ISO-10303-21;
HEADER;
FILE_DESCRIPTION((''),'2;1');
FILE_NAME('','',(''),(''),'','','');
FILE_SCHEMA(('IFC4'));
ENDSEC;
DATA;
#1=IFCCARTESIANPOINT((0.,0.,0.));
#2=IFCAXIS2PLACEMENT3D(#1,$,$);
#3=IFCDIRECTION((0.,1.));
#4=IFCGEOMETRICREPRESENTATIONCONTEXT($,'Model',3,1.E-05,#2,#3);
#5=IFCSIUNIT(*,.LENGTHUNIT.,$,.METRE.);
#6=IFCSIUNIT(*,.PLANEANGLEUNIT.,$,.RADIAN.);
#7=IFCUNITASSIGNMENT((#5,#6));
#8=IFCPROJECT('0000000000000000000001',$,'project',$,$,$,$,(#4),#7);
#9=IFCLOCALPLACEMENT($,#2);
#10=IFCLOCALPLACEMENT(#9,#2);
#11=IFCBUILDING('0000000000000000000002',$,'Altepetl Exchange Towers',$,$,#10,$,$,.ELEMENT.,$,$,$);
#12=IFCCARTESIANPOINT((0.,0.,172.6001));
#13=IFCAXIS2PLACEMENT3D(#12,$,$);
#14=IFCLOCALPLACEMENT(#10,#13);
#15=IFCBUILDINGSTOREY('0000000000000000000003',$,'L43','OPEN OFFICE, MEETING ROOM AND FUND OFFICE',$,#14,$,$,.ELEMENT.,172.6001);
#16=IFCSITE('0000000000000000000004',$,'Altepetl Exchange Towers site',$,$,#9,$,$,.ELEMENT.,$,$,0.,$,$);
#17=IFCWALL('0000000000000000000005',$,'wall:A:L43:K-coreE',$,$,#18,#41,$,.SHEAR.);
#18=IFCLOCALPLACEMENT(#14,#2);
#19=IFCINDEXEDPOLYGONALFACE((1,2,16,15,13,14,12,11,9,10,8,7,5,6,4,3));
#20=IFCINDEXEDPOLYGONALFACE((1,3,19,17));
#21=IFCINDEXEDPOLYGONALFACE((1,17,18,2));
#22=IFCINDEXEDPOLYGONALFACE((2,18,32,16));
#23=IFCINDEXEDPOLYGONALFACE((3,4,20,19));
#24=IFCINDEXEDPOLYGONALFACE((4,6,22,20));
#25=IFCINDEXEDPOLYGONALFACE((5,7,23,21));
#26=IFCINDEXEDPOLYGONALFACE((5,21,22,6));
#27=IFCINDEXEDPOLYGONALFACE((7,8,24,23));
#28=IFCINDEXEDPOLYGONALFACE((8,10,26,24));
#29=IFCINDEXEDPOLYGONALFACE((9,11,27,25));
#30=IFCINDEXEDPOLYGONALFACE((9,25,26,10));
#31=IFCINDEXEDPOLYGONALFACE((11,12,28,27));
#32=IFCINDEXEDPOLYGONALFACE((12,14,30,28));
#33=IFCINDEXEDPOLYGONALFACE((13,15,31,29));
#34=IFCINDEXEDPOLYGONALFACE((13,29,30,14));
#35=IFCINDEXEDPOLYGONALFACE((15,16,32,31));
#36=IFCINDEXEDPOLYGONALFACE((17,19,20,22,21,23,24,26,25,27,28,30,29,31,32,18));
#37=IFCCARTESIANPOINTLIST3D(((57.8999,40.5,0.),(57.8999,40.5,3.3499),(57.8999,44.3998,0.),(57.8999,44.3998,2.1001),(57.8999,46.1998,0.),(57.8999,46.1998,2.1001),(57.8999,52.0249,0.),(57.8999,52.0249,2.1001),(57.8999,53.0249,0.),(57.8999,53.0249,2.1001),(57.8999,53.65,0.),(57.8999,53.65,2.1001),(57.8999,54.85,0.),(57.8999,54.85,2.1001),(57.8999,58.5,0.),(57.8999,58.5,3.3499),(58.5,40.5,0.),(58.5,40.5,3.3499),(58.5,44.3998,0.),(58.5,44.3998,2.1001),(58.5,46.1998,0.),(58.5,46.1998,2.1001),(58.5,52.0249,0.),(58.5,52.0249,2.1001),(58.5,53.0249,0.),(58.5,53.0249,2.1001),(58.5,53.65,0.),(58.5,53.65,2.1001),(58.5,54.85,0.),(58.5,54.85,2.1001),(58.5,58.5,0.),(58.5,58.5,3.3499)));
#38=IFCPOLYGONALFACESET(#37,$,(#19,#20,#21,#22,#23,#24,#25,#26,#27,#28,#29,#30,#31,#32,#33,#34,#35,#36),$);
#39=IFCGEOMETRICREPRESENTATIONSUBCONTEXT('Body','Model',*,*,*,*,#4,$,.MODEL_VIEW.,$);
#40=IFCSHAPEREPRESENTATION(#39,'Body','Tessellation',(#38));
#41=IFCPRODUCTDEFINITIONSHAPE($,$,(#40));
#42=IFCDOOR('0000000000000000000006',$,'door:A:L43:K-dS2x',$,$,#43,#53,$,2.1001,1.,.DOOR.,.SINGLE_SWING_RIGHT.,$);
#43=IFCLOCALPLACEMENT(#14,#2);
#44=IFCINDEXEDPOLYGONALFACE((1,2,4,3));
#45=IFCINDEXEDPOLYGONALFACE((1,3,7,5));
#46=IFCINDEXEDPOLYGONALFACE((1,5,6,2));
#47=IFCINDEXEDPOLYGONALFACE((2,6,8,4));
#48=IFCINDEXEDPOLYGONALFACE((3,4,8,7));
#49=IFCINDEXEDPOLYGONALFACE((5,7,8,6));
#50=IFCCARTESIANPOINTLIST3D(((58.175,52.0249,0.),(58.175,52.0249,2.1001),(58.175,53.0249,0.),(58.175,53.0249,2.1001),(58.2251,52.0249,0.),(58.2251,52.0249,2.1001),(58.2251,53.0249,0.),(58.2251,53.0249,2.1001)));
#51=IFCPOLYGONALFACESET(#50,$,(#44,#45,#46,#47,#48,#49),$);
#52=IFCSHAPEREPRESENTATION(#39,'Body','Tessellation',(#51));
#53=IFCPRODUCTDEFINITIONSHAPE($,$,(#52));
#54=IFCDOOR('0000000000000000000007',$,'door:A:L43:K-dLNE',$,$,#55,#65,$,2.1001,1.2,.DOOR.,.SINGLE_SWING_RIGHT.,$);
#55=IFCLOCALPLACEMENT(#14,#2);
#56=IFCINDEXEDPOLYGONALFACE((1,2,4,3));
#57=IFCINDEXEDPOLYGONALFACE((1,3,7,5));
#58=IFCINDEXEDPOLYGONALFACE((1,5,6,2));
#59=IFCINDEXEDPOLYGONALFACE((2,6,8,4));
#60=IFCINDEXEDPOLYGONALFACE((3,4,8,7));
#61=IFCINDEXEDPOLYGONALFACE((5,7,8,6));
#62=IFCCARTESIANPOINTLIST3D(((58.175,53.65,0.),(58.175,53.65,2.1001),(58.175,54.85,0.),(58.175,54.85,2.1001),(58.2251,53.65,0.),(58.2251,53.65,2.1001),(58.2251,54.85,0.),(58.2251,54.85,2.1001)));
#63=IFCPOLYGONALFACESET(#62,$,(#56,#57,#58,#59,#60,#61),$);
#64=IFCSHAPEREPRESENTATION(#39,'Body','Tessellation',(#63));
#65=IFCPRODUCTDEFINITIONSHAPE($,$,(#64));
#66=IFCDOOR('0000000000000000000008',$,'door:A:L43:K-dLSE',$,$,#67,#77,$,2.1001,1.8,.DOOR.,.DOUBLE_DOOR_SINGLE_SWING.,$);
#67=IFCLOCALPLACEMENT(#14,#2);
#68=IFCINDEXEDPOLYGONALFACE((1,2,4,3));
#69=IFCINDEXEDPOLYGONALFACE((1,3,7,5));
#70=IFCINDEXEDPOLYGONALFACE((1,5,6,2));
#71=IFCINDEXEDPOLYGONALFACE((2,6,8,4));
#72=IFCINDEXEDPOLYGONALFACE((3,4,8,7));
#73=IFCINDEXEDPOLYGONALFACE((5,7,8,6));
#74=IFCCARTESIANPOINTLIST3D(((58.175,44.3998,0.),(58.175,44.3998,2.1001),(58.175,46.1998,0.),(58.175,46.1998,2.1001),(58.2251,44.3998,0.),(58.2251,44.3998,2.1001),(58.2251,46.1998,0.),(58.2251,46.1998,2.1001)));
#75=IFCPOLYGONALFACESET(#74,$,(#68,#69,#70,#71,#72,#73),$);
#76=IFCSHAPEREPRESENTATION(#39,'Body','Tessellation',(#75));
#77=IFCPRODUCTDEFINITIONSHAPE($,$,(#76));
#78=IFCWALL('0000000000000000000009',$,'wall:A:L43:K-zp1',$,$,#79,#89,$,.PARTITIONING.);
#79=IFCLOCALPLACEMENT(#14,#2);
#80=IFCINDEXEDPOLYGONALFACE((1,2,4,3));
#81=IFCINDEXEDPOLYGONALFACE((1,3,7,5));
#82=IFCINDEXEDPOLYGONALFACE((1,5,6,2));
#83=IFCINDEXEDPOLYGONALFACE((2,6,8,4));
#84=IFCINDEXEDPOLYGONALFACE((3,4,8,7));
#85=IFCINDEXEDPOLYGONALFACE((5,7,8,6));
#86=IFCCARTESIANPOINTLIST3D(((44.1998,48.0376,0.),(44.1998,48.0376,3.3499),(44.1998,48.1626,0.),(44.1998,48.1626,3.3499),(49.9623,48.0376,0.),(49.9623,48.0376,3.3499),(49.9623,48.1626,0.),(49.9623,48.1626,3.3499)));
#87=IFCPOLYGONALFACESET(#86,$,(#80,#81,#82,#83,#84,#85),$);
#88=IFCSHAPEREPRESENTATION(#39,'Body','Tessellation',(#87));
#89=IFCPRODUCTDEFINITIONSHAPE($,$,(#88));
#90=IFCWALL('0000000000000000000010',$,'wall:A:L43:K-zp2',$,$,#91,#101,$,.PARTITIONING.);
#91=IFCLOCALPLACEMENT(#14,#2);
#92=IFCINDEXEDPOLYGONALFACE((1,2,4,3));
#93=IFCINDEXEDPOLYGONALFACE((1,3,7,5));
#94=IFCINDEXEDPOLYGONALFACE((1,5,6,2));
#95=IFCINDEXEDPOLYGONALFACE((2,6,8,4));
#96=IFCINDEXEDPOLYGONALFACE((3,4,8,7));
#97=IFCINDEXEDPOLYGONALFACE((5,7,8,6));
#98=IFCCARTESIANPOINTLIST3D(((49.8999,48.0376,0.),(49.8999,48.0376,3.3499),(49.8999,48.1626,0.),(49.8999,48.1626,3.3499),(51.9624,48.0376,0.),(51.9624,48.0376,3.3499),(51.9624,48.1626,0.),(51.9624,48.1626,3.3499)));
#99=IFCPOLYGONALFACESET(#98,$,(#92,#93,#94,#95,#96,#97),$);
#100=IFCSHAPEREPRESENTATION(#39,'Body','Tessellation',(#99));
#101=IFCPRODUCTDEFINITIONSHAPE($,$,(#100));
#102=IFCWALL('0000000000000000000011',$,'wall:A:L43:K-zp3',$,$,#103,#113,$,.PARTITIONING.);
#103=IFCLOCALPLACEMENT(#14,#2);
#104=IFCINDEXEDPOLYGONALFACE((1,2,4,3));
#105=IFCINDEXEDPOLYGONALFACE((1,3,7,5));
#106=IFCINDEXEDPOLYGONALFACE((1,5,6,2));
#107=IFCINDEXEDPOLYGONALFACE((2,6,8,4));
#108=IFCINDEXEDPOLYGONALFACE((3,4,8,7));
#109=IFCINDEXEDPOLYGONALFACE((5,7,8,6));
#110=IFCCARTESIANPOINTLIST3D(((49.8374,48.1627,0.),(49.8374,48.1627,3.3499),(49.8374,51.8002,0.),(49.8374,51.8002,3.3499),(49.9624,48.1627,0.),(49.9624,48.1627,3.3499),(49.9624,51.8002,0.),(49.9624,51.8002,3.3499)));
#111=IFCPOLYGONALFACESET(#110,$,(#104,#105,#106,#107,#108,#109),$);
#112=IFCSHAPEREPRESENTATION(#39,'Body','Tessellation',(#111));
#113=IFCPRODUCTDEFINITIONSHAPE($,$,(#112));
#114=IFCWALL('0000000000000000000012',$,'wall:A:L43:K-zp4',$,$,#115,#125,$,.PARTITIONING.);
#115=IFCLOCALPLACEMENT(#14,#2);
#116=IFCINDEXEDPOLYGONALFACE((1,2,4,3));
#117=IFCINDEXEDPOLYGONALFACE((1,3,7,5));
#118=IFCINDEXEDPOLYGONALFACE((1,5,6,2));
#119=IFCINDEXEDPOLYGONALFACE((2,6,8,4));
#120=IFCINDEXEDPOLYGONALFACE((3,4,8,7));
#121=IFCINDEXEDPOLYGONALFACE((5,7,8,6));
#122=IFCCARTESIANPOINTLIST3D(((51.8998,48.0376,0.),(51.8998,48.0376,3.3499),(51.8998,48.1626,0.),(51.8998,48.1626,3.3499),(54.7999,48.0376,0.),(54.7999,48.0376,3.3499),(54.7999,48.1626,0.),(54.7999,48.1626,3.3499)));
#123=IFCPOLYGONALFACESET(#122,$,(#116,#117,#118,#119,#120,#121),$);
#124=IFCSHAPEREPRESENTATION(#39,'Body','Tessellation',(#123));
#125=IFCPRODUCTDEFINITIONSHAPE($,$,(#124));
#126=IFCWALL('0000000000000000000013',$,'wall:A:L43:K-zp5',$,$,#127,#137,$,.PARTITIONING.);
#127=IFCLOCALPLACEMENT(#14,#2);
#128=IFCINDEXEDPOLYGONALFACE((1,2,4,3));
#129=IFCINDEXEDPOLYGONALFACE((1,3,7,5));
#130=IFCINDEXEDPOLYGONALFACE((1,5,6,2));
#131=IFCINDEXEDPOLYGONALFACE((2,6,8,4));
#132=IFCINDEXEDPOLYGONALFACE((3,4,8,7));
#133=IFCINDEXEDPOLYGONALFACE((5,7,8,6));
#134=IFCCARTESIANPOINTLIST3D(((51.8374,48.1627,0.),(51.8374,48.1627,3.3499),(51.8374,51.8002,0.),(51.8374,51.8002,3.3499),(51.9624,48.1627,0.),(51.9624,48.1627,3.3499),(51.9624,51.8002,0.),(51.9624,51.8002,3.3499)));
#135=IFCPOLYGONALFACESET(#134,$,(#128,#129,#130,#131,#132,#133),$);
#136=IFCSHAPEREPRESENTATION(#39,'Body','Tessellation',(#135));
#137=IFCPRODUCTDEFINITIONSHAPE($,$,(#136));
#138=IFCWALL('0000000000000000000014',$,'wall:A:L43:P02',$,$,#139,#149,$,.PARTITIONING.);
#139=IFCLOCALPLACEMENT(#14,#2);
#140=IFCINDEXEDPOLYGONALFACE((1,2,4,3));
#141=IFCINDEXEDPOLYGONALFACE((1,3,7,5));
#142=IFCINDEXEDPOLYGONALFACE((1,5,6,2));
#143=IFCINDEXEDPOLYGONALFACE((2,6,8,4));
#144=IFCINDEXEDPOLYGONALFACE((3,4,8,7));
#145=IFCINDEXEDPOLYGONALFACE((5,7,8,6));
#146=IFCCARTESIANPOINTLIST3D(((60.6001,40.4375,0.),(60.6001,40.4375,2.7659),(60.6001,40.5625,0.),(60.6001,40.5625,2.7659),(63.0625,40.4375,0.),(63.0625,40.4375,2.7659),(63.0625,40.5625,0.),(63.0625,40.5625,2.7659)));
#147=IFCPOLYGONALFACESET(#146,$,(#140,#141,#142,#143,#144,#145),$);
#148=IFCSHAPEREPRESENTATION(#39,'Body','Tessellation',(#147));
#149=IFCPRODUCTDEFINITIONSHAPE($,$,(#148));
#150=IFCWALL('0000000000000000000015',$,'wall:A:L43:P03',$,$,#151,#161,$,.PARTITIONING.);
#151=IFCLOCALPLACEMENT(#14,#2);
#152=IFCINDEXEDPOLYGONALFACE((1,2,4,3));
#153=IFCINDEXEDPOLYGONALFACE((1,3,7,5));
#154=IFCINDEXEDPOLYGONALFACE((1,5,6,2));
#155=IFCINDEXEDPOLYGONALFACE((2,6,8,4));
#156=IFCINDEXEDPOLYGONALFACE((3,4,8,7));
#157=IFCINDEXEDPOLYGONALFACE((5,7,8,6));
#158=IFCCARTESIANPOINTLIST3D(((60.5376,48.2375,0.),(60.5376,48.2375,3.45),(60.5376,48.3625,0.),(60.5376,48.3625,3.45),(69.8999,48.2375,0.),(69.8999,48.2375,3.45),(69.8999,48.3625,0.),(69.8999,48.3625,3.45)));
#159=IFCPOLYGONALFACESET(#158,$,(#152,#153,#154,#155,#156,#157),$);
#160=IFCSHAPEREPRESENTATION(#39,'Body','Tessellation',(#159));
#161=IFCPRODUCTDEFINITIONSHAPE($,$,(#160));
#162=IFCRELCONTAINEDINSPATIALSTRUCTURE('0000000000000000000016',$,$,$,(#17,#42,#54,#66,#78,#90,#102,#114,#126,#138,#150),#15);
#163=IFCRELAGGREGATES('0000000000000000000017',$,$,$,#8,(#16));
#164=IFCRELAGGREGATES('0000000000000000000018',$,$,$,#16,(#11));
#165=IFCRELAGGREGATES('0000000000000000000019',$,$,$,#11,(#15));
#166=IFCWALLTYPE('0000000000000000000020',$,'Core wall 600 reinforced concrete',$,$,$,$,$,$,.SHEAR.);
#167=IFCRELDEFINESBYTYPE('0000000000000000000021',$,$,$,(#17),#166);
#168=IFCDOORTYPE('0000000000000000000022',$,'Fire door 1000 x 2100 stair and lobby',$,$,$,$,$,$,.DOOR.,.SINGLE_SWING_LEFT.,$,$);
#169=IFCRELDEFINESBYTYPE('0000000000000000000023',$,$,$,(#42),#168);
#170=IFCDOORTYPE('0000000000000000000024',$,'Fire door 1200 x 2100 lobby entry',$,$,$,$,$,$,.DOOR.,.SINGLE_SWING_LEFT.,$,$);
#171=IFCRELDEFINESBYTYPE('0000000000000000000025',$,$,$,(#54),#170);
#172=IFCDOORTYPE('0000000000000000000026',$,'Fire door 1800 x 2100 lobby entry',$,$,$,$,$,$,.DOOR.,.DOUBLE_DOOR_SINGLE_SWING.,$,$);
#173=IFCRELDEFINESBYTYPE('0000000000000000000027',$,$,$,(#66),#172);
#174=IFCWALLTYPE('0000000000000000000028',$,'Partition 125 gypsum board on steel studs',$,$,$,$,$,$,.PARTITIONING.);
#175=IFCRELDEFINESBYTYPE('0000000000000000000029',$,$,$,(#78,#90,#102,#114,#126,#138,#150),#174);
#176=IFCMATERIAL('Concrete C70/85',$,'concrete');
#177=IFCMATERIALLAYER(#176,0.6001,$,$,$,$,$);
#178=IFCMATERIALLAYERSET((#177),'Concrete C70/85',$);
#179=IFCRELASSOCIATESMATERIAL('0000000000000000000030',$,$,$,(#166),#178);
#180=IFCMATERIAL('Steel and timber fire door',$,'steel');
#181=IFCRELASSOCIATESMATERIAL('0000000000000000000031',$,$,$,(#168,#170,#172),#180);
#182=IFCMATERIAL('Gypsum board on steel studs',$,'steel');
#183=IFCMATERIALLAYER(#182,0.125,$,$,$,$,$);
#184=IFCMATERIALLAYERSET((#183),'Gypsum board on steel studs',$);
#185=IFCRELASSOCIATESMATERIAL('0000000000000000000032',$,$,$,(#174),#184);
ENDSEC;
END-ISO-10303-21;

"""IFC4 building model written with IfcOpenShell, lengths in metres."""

from ifc_helpers import new_model, si_unit, direction, frame, frame_2d, origin, place, context, subcontext, project, spatial, rectangle, extrude, material, layer, layer_set, type_object, element, fill, save


model = new_model("IFC4")

# Units and contexts
model_context = context("Model", 3, precision=1e-05, world=origin(), true_north=direction((0.0, 1.0)))
body_context = subcontext(model_context, "Body", "Model", "MODEL_VIEW")
ifc_project = project(units=[si_unit("LENGTHUNIT", "METRE"), si_unit("PLANEANGLEUNIT", "RADIAN")], contexts=[model_context])

# Site, building, storey
site_placement = place(None, origin())
site = spatial("IfcSite", under=ifc_project, at=site_placement, Name="Altepetl Exchange Towers site", CompositionType="ELEMENT", RefElevation=0.0)
building_placement = place(site_placement, origin())
building = spatial("IfcBuilding", under=site, at=building_placement, Name="Altepetl Exchange Towers", CompositionType="ELEMENT")
storey_placement = place(building_placement, frame((0.0, 0.0, 172.6001)))
storey = spatial("IfcBuildingStorey", under=building, at=storey_placement, Name="L43", Description="OPEN OFFICE, MEETING ROOM AND FUND OFFICE", CompositionType="ELEMENT", Elevation=172.6001)

# Wall, openings, doors
ifc_material_1 = material(Name="Concrete C70/85", Category="concrete")
ifc_layer_1 = layer(ifc_material_1, 0.6001)
ifc_layer_set_1 = layer_set([ifc_layer_1], Name="Concrete C70/85")
wall_type_1 = type_object("IfcWallType", Name="Core wall 600 reinforced concrete", PredefinedType="SHEAR", material=ifc_layer_set_1)
wall_1_placement = place(storey_placement, frame((58.2, 40.5, 0.0), z_axis=(0.0, 0.0, 1.0), x_axis=(0.0, 1.0, 0.0)))
wall_1 = element("IfcWall", 1, at=wall_1_placement, inside=storey, type_object=wall_type_1, Name="wall:A:L43:K-coreE", PredefinedType="SHEAR", context=body_context, shape_type="SweptSolid", body=[
    extrude(rectangle(XDim=18.0, YDim=0.6001, at=frame_2d((9.0, 0.0))), origin(), (0.0, 0.0, 1.0), 3.3499),
])
opening_1_placement = place(wall_1_placement, frame((13.1499, 0.0, 0.0)))
opening_1 = element("IfcOpeningElement", 2, at=opening_1_placement, cuts=wall_1, PredefinedType="OPENING", context=body_context, shape_type="SweptSolid", body=[
    extrude(rectangle(XDim=1.2, YDim=2.1001, at=frame_2d((0.6001, 1.05))), frame((0.0, 0.3101, 0.0), z_axis=(0.0, -1.0, 0.0), x_axis=(1.0, 0.0, 0.0)), (0.0, 0.0, 1.0), 0.6201),
])
opening_2_placement = place(wall_1_placement, frame((3.8999, 0.0, 0.0)))
opening_2 = element("IfcOpeningElement", 3, at=opening_2_placement, cuts=wall_1, PredefinedType="OPENING", context=body_context, shape_type="SweptSolid", body=[
    extrude(rectangle(XDim=1.8, YDim=2.1001, at=frame_2d((0.8999, 1.05))), frame((0.0, 0.3101, 0.0), z_axis=(0.0, -1.0, 0.0), x_axis=(1.0, 0.0, 0.0)), (0.0, 0.0, 1.0), 0.6201),
])
opening_3_placement = place(wall_1_placement, frame((11.5249, 0.0, 0.0)))
opening_3 = element("IfcOpeningElement", 4, at=opening_3_placement, cuts=wall_1, PredefinedType="OPENING", context=body_context, shape_type="SweptSolid", body=[
    extrude(rectangle(XDim=1.0, YDim=2.1001, at=frame_2d((0.5, 1.05))), frame((0.0, 0.3101, 0.0), z_axis=(0.0, -1.0, 0.0), x_axis=(1.0, 0.0, 0.0)), (0.0, 0.0, 1.0), 0.6201),
])
ifc_material_2 = material(Name="Steel and timber fire door", Category="steel")
door_type_1 = type_object("IfcDoorType", Name="Fire door 1000 x 2100 stair and lobby", OperationType="SINGLE_SWING_LEFT", PredefinedType="DOOR", material=ifc_material_2)
door_1_placement = place(opening_3_placement, origin())
door_1 = element("IfcDoor", 5, at=door_1_placement, inside=storey, type_object=door_type_1, Name="door:A:L43:K-dS2x", OperationType="SINGLE_SWING_RIGHT", OverallHeight=2.1001, OverallWidth=1.0, PredefinedType="DOOR", context=body_context, shape_type="SweptSolid", body=[
    extrude(rectangle(XDim=1.0, YDim=2.1001, at=frame_2d((0.5, 1.05))), frame((0.0, 0.0249, 0.0), z_axis=(0.0, -1.0, 0.0), x_axis=(1.0, 0.0, 0.0)), (0.0, 0.0, 1.0), 0.05),
])
fill(opening_3, door_1)
door_type_2 = type_object("IfcDoorType", Name="Fire door 1200 x 2100 lobby entry", OperationType="SINGLE_SWING_LEFT", PredefinedType="DOOR", material=ifc_material_2)
door_2_placement = place(opening_1_placement, origin())
door_2 = element("IfcDoor", 6, at=door_2_placement, inside=storey, type_object=door_type_2, Name="door:A:L43:K-dLNE", OperationType="SINGLE_SWING_RIGHT", OverallHeight=2.1001, OverallWidth=1.2, PredefinedType="DOOR", context=body_context, shape_type="SweptSolid", body=[
    extrude(rectangle(XDim=1.2, YDim=2.1001, at=frame_2d((0.6001, 1.05))), frame((0.0, 0.0249, 0.0), z_axis=(0.0, -1.0, 0.0), x_axis=(1.0, 0.0, 0.0)), (0.0, 0.0, 1.0), 0.05),
])
fill(opening_1, door_2)
door_type_3 = type_object("IfcDoorType", Name="Fire door 1800 x 2100 lobby entry", OperationType="DOUBLE_DOOR_SINGLE_SWING", PredefinedType="DOOR", material=ifc_material_2)
door_3_placement = place(opening_2_placement, origin())
door_3 = element("IfcDoor", 7, at=door_3_placement, inside=storey, type_object=door_type_3, Name="door:A:L43:K-dLSE", OperationType="DOUBLE_DOOR_SINGLE_SWING", OverallHeight=2.1001, OverallWidth=1.8, PredefinedType="DOOR", context=body_context, shape_type="SweptSolid", body=[
    extrude(rectangle(XDim=1.8, YDim=2.1001, at=frame_2d((0.8999, 1.05))), frame((0.0, 0.0249, 0.0), z_axis=(0.0, -1.0, 0.0), x_axis=(1.0, 0.0, 0.0)), (0.0, 0.0, 1.0), 0.05),
])
fill(opening_2, door_3)

# Walls
ifc_material_3 = material(Name="Gypsum board on steel studs", Category="steel")
ifc_layer_2 = layer(ifc_material_3, 0.125)
ifc_layer_set_2 = layer_set([ifc_layer_2], Name="Gypsum board on steel studs")
wall_type_2 = type_object("IfcWallType", Name="Partition 125 gypsum board on steel studs", PredefinedType="PARTITIONING", material=ifc_layer_set_2)
wall_2_placement = place(storey_placement, frame((49.9624, 48.1001, 0.0), z_axis=(0.0, 0.0, 1.0), x_axis=(-1.0, 0.0, 0.0)))
element("IfcWall", 8, at=wall_2_placement, inside=storey, type_object=wall_type_2, Name="wall:A:L43:K-zp1", PredefinedType="PARTITIONING", context=body_context, shape_type="SweptSolid", body=[
    extrude(rectangle(XDim=5.7625, YDim=0.125, at=frame_2d((2.8813, 0.0))), origin(), (0.0, 0.0, 1.0), 3.3499),
])
wall_3_placement = place(storey_placement, frame((51.9624, 48.1001, 0.0), z_axis=(0.0, 0.0, 1.0), x_axis=(-1.0, 0.0, 0.0)))
element("IfcWall", 9, at=wall_3_placement, inside=storey, type_object=wall_type_2, Name="wall:A:L43:K-zp2", PredefinedType="PARTITIONING", context=body_context, shape_type="SweptSolid", body=[
    extrude(rectangle(XDim=2.0625, YDim=0.125, at=frame_2d((1.0312, 0.0))), origin(), (0.0, 0.0, 1.0), 3.3499),
])
wall_4_placement = place(storey_placement, frame((49.8999, 48.1626, 0.0), z_axis=(0.0, 0.0, 1.0), x_axis=(0.0, 1.0, 0.0)))
element("IfcWall", 10, at=wall_4_placement, inside=storey, type_object=wall_type_2, Name="wall:A:L43:K-zp3", PredefinedType="PARTITIONING", context=body_context, shape_type="SweptSolid", body=[
    extrude(rectangle(XDim=3.6375, YDim=0.125, at=frame_2d((1.8188, 0.0))), origin(), (0.0, 0.0, 1.0), 3.3499),
])
wall_5_placement = place(storey_placement, frame((54.8, 48.1001, 0.0), z_axis=(0.0, 0.0, 1.0), x_axis=(-1.0, 0.0, 0.0)))
element("IfcWall", 11, at=wall_5_placement, inside=storey, type_object=wall_type_2, Name="wall:A:L43:K-zp4", PredefinedType="PARTITIONING", context=body_context, shape_type="SweptSolid", body=[
    extrude(rectangle(XDim=2.9001, YDim=0.125, at=frame_2d((1.4502, 0.0))), origin(), (0.0, 0.0, 1.0), 3.3499),
])
wall_6_placement = place(storey_placement, frame((51.8999, 48.1626, 0.0), z_axis=(0.0, 0.0, 1.0), x_axis=(0.0, 1.0, 0.0)))
element("IfcWall", 12, at=wall_6_placement, inside=storey, type_object=wall_type_2, Name="wall:A:L43:K-zp5", PredefinedType="PARTITIONING", context=body_context, shape_type="SweptSolid", body=[
    extrude(rectangle(XDim=3.6375, YDim=0.125, at=frame_2d((1.8188, 0.0))), origin(), (0.0, 0.0, 1.0), 3.3499),
])
wall_7_placement = place(storey_placement, frame((60.6001, 40.5, 0.0)))
element("IfcWall", 13, at=wall_7_placement, inside=storey, type_object=wall_type_2, Name="wall:A:L43:P02", PredefinedType="PARTITIONING", context=body_context, shape_type="SweptSolid", body=[
    extrude(rectangle(XDim=2.4624, YDim=0.125, at=frame_2d((1.2312, 0.0))), origin(), (0.0, 0.0, 1.0), 2.7659),
])
wall_8_placement = place(storey_placement, frame((60.5376, 48.3, 0.0)))
element("IfcWall", 14, at=wall_8_placement, inside=storey, type_object=wall_type_2, Name="wall:A:L43:P03", PredefinedType="PARTITIONING", context=body_context, shape_type="SweptSolid", body=[
    extrude(rectangle(XDim=9.3623, YDim=0.125, at=frame_2d((4.6812, 0.0))), origin(), (0.0, 0.0, 1.0), 3.45),
])

save(model, "model.ifc")
